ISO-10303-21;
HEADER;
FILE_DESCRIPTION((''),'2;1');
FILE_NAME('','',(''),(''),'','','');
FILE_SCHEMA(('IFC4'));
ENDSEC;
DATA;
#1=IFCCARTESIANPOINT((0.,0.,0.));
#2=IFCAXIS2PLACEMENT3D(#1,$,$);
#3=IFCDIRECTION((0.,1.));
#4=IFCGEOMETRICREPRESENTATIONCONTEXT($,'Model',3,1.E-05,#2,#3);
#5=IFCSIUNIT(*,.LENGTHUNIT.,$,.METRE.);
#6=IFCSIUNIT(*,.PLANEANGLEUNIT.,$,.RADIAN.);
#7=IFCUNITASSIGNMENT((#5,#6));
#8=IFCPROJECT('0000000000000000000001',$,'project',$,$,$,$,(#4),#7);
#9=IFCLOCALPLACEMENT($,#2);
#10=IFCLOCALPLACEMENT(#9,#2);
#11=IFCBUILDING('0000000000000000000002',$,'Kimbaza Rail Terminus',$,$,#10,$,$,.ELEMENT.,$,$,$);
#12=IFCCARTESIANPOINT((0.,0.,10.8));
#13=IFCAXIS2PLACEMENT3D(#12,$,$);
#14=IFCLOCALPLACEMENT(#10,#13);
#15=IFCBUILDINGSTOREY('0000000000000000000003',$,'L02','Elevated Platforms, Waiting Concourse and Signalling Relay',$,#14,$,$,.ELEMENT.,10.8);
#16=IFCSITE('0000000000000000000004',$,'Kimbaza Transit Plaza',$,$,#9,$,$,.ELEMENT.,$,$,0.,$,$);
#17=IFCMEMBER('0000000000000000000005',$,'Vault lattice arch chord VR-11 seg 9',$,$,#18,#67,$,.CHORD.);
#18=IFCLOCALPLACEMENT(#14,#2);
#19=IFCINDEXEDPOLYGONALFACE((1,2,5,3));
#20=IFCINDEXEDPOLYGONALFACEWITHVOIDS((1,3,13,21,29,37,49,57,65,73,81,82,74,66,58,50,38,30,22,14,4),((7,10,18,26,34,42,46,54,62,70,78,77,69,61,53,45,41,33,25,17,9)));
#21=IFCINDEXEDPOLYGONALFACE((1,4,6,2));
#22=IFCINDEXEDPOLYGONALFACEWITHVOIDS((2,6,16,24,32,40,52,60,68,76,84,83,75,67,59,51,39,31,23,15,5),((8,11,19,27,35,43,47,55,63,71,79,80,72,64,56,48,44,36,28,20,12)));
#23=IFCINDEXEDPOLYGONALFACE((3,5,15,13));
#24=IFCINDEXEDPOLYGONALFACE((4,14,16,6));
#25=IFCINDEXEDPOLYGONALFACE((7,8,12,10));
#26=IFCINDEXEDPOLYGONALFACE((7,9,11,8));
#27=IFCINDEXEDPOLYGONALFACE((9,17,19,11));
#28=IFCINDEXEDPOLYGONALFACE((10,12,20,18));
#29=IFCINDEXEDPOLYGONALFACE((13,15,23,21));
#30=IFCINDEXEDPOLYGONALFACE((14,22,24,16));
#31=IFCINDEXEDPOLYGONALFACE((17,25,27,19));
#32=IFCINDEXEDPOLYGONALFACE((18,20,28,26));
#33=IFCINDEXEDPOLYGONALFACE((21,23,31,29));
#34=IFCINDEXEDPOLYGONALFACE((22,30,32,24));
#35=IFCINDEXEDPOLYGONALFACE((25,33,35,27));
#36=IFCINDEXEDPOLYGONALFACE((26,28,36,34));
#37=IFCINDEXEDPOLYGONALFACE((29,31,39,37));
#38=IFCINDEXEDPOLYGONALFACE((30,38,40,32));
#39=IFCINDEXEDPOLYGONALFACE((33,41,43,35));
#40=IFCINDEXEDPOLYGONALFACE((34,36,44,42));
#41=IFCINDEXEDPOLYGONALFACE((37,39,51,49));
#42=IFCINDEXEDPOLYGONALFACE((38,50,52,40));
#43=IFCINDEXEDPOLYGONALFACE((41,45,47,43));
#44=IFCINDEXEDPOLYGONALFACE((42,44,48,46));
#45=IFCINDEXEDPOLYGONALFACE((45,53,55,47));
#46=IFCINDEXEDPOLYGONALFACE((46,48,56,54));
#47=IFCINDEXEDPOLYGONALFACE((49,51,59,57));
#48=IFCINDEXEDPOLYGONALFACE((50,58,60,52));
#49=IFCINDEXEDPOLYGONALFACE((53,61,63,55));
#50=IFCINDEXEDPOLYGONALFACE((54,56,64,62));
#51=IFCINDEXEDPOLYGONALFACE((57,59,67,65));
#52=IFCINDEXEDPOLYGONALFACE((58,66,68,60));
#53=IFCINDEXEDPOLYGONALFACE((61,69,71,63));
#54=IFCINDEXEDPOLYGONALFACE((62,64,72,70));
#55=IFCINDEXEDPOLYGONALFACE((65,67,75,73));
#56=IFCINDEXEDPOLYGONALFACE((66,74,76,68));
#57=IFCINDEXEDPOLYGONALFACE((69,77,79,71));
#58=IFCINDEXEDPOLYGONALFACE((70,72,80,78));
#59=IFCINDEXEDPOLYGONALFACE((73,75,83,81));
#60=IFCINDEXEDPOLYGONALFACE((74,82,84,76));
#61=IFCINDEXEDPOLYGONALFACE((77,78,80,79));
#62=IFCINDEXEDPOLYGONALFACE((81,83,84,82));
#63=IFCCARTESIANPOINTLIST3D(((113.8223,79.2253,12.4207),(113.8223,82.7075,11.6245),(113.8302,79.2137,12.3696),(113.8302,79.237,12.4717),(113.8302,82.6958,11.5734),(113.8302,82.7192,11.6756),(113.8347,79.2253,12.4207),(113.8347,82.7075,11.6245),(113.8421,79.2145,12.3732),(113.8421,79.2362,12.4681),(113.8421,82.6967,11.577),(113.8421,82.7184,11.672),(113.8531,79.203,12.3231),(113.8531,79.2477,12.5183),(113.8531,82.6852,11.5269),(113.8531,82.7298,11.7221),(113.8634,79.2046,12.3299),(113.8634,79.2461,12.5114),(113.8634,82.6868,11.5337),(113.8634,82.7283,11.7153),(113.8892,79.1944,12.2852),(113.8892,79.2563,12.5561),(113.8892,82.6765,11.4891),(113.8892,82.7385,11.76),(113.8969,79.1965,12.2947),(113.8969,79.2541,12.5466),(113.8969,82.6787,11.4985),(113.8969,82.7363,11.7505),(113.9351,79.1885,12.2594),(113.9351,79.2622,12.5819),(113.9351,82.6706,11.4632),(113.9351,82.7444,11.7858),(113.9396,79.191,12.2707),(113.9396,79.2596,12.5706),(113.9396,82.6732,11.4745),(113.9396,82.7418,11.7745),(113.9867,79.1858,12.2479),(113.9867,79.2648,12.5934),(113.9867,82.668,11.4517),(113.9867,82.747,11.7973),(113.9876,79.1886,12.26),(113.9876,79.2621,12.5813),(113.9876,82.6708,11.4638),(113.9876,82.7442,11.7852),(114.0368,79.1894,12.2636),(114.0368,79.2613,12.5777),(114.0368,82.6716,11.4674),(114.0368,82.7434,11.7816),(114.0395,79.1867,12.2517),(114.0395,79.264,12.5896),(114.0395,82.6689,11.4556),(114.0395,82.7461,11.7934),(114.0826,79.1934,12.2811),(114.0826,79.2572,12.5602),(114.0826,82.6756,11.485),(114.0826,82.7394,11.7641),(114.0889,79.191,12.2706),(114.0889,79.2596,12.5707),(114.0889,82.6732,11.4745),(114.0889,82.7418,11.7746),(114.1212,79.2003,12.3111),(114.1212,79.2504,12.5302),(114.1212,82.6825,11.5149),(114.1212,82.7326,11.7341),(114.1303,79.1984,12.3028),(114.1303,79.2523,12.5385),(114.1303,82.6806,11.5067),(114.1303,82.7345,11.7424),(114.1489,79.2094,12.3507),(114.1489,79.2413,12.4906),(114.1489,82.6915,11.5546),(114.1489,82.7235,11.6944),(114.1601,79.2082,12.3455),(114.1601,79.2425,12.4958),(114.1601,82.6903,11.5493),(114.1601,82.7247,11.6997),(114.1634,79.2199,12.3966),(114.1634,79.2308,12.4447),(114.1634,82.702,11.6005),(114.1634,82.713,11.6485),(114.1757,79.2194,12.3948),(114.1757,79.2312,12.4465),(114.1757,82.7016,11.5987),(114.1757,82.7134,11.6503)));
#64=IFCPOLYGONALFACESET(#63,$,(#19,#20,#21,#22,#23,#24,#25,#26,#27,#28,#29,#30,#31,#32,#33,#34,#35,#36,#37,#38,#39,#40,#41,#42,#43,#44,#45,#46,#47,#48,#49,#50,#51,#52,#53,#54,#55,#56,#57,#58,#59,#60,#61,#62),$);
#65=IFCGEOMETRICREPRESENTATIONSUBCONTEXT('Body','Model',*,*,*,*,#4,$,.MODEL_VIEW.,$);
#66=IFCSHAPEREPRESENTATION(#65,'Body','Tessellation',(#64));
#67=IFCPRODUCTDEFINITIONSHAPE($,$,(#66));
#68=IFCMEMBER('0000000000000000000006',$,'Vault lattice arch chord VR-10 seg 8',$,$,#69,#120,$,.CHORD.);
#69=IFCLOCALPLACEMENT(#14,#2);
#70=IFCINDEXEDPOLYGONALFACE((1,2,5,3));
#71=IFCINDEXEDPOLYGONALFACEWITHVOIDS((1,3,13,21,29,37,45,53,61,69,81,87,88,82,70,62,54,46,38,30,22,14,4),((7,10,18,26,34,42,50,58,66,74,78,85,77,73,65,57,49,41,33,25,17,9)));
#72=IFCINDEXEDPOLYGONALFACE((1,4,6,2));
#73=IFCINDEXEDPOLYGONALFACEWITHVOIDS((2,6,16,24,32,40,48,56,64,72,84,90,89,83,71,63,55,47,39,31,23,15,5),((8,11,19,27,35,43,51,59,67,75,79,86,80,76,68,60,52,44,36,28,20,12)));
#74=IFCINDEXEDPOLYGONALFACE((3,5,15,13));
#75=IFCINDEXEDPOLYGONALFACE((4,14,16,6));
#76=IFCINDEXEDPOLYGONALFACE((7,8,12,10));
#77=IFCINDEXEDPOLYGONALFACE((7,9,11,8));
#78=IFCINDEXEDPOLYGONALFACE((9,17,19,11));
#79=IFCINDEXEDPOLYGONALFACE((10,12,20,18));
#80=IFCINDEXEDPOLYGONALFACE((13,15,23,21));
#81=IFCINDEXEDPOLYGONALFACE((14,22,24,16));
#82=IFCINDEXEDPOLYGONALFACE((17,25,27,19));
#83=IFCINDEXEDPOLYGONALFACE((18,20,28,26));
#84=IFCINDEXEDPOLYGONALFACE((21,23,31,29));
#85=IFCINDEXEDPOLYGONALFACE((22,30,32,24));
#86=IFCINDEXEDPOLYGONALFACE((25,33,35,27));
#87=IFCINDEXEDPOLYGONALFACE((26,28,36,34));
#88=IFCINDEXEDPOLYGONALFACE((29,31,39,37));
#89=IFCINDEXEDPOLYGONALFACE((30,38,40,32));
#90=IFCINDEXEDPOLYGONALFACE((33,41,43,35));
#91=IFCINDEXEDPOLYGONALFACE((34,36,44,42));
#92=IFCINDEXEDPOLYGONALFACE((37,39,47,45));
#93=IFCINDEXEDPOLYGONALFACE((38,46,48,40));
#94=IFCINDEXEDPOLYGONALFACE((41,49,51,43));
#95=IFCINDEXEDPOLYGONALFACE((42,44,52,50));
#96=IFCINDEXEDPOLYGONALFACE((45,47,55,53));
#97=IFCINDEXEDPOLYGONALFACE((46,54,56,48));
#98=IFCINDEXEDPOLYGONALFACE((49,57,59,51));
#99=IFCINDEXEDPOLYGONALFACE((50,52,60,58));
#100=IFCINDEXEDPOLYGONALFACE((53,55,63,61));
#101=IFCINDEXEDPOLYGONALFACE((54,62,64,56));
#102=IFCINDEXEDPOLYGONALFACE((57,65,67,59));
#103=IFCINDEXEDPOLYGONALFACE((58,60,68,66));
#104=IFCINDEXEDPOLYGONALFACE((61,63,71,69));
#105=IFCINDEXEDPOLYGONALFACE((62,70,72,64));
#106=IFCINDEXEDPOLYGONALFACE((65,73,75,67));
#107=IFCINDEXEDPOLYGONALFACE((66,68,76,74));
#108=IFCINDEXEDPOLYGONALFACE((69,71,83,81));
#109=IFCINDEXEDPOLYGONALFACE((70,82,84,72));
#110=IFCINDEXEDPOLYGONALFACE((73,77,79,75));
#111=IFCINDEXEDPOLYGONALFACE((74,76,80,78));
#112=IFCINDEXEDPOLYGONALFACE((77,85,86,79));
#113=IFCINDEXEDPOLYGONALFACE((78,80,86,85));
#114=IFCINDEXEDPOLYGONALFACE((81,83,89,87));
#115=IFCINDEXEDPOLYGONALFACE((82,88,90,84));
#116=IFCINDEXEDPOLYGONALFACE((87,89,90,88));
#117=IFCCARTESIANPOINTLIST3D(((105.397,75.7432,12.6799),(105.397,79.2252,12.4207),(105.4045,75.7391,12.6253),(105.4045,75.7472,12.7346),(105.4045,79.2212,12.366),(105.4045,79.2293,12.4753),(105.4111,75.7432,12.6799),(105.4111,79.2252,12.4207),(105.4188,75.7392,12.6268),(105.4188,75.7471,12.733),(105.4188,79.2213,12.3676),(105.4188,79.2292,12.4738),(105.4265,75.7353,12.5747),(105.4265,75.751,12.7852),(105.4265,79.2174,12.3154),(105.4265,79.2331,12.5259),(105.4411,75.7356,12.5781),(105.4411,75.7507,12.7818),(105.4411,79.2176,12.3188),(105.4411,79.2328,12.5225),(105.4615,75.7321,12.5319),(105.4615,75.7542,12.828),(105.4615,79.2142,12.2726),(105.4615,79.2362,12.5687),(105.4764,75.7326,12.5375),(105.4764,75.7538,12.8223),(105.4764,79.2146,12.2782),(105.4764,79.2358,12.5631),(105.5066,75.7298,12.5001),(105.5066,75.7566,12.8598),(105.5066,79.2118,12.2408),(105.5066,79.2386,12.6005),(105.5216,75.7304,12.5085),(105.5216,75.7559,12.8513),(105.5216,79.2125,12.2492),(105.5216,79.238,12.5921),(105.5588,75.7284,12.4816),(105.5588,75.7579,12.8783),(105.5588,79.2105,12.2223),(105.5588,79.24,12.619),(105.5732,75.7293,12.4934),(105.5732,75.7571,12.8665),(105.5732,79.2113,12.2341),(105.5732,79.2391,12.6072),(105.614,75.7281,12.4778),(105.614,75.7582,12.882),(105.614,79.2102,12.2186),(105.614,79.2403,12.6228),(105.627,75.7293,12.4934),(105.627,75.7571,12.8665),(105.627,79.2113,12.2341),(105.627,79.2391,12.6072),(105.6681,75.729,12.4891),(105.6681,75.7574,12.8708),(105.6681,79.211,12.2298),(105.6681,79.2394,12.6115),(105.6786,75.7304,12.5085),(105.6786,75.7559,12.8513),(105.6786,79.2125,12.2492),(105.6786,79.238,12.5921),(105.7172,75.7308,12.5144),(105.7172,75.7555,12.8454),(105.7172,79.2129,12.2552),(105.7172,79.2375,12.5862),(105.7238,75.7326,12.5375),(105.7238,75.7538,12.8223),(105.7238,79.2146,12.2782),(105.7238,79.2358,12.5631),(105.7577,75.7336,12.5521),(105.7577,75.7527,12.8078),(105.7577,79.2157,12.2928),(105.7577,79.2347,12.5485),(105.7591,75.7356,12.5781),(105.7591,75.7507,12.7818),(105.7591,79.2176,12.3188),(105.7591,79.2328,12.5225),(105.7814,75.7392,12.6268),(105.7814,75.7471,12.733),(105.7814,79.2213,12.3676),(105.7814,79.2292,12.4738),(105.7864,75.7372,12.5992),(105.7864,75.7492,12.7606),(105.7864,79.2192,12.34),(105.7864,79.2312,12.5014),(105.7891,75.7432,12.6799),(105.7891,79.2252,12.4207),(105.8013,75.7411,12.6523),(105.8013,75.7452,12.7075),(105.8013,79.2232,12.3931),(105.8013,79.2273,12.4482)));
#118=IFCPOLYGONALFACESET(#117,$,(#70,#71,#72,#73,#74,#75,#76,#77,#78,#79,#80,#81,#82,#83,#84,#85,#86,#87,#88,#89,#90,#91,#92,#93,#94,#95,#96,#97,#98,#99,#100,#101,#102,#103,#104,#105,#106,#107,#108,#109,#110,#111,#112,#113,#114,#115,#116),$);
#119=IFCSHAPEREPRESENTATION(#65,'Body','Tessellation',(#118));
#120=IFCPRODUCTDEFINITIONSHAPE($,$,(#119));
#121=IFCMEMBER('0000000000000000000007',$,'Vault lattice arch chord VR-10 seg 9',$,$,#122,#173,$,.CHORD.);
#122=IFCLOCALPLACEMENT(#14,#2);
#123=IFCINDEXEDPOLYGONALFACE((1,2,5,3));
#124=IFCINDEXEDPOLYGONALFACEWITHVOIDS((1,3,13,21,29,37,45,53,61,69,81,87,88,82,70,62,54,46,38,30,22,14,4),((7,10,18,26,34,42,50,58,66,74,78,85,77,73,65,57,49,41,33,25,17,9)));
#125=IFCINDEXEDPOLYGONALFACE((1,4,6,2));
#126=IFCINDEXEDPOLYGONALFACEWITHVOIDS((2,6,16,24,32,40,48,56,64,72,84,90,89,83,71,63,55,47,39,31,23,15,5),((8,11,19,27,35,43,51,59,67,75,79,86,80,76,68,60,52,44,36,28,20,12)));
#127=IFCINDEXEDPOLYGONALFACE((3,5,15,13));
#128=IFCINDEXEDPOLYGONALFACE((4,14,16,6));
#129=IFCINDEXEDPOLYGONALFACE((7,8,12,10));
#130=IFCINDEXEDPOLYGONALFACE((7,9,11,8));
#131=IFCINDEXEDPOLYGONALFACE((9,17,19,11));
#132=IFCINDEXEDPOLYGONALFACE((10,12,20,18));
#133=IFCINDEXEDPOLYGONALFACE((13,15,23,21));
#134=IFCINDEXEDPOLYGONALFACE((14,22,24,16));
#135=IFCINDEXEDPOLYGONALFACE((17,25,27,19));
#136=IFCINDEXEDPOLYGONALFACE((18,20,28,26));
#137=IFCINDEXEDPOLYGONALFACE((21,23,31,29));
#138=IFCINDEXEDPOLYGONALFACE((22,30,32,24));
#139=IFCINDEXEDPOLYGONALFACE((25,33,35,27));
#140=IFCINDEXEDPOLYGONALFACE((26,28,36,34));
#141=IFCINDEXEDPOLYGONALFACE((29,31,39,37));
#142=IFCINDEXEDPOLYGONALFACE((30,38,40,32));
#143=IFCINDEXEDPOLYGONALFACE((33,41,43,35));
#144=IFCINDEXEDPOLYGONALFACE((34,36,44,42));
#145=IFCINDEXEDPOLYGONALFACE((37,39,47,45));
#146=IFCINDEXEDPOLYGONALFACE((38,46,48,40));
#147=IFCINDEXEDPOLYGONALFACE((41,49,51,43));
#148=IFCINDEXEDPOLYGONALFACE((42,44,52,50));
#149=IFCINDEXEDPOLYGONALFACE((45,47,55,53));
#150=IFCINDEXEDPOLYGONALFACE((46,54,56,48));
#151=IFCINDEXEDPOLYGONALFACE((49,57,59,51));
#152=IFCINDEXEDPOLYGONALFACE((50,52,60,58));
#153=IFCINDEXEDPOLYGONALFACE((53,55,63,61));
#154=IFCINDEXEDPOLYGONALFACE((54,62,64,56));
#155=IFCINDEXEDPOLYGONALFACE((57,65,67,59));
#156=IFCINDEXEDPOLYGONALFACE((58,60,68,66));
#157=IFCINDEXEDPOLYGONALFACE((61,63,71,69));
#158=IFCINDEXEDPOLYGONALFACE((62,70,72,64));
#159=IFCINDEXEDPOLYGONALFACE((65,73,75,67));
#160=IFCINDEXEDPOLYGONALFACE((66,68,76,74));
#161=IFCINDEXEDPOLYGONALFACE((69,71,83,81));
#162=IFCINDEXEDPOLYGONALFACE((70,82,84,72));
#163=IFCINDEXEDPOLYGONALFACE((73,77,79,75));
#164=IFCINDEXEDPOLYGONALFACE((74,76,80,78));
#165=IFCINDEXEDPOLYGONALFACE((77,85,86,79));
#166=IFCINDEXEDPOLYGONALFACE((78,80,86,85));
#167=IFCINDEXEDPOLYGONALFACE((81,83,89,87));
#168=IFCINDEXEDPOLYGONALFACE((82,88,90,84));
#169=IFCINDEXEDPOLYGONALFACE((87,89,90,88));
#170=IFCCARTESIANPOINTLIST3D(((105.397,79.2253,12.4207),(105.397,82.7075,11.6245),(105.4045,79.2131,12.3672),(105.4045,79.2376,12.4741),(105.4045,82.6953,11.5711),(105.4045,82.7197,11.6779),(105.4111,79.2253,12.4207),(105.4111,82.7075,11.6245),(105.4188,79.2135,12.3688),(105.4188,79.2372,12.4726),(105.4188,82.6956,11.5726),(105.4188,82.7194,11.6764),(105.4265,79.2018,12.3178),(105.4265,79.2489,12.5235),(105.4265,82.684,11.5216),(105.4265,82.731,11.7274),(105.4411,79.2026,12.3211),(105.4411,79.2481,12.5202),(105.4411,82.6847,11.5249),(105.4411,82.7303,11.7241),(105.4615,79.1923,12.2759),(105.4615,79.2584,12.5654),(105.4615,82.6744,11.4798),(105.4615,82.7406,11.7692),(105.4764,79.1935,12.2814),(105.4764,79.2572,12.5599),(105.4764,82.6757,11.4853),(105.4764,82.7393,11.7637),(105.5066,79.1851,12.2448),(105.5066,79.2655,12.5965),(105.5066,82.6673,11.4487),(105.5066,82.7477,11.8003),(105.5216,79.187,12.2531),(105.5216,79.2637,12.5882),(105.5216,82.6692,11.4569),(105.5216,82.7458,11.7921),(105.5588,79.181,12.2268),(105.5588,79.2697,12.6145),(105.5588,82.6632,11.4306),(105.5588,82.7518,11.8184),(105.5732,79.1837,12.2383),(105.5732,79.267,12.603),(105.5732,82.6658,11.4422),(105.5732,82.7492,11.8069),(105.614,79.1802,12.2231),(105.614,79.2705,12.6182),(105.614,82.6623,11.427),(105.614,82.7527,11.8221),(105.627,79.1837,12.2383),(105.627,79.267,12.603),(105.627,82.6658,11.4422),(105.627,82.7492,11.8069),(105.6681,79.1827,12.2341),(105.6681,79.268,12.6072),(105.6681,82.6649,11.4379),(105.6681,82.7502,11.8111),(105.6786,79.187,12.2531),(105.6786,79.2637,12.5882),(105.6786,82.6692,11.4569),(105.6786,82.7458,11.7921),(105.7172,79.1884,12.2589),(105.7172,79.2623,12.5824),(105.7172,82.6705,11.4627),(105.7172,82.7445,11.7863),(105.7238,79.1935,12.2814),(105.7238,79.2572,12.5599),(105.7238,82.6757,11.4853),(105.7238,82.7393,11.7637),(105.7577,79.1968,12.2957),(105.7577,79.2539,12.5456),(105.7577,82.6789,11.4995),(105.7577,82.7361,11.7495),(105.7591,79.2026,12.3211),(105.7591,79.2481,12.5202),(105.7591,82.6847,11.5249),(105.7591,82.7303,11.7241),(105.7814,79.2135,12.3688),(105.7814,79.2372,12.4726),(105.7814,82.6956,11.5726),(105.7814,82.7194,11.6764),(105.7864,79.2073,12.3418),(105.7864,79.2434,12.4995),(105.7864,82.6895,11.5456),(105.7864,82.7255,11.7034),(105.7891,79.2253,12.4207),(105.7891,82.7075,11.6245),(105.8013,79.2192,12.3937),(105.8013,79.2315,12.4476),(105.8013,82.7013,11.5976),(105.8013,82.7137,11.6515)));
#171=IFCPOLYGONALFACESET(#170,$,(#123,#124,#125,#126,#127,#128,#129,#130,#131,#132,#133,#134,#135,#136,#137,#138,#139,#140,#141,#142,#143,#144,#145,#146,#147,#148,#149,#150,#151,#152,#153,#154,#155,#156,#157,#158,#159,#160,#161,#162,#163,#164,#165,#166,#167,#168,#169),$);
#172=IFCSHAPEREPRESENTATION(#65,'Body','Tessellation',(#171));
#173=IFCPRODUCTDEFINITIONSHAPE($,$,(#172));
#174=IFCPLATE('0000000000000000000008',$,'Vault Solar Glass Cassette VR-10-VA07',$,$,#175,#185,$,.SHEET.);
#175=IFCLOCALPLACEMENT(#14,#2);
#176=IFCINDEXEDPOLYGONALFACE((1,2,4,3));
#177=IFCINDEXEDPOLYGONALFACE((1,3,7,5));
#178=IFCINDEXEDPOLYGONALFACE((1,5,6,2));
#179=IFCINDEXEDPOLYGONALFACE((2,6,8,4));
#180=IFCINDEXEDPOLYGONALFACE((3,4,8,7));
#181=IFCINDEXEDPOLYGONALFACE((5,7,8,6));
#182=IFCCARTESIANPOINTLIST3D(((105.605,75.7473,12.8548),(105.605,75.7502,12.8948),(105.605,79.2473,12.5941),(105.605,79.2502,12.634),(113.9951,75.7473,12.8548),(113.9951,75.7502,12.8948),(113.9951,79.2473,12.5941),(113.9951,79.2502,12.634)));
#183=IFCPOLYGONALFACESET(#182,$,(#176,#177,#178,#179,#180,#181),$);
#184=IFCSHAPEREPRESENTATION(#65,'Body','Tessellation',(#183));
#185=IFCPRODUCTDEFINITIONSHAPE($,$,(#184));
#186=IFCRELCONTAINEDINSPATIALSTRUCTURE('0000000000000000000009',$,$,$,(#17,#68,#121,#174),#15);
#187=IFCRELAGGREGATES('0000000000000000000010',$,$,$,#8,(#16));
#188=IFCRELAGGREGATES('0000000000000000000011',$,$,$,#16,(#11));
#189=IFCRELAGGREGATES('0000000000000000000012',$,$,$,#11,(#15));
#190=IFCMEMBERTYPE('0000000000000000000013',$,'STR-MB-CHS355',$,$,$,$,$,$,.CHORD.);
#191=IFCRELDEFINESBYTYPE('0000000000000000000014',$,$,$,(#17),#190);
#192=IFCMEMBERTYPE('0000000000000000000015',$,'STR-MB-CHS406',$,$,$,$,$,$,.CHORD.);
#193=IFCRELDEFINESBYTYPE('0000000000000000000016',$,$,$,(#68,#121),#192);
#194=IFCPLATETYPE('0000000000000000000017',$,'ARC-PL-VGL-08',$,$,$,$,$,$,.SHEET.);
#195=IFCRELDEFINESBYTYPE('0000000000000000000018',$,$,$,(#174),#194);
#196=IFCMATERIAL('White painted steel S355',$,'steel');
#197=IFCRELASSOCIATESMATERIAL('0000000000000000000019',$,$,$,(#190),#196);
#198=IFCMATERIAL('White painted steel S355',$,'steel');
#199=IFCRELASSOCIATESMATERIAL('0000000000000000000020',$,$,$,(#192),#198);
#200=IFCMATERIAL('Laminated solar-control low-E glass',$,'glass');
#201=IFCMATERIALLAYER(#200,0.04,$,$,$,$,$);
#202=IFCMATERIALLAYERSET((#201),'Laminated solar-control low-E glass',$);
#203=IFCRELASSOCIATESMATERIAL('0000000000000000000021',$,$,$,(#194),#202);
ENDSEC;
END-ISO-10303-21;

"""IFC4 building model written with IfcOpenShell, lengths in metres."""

from ifc_helpers import new_model, si_unit, direction, frame, origin, origin_2d, place, context, subcontext, project, spatial, polyline, hollow_circle, outline, extrude, material, layer, layer_set, material_profile, profile_set, type_object, element, save


model = new_model("IFC4")

# Units and contexts
model_context = context("Model", 3, precision=1e-05, world=origin(), true_north=direction((0.0, 1.0)))
body_context = subcontext(model_context, "Body", "Model", "MODEL_VIEW")
ifc_project = project(units=[si_unit("LENGTHUNIT", "METRE"), si_unit("PLANEANGLEUNIT", "RADIAN")], contexts=[model_context])

# Site, building, storey
site_placement = place(None, origin())
site = spatial("IfcSite", under=ifc_project, at=site_placement, Name="Kimbaza Transit Plaza", CompositionType="ELEMENT", RefElevation=0.0)
building_placement = place(site_placement, origin())
building = spatial("IfcBuilding", under=site, at=building_placement, Name="Kimbaza Rail Terminus", CompositionType="ELEMENT")
storey_placement = place(building_placement, frame((0.0, 0.0, 10.8)))
storey = spatial("IfcBuildingStorey", under=building, at=storey_placement, Name="L02", Description="Elevated Platforms, Waiting Concourse and Signalling Relay", CompositionType="ELEMENT", Elevation=10.8)

# Members
ifc_material_1 = material(Name="White painted steel S355", Category="steel")
ifc_material_profile_1 = material_profile(ifc_material_1, hollow_circle(Radius=0.1777, WallThickness=0.0125, at=origin_2d()), Name="CHS 355.6x12.5")
ifc_profile_set_1 = profile_set([ifc_material_profile_1], Name="White painted steel S355")
member_type_1 = type_object("IfcMemberType", Name="STR-MB-CHS355", PredefinedType="CHORD", material=ifc_profile_set_1)
member_1_placement = place(storey_placement, frame((114.0, 79.2253, 12.4207), z_axis=(0.0, 0.974845, -0.222882), x_axis=(-1.0, 0.0, 0.0)))
element("IfcMember", 1, at=member_1_placement, inside=storey, type_object=member_type_1, Name="Vault lattice arch chord VR-11 seg 9", PredefinedType="CHORD", context=body_context, shape_type="SweptSolid", body=[
    extrude(hollow_circle(Radius=0.1777, WallThickness=0.0125, at=origin_2d()), origin(), (0.0, 0.0, 1.0), 3.572),
])
ifc_material_2 = material(Name="White painted steel S355", Category="steel")
ifc_material_profile_2 = material_profile(ifc_material_2, hollow_circle(Radius=0.2031, WallThickness=0.0142, at=origin_2d()), Name="CHS 406.4x14.2")
ifc_profile_set_2 = profile_set([ifc_material_profile_2], Name="White painted steel S355")
member_type_2 = type_object("IfcMemberType", Name="STR-MB-CHS406", PredefinedType="CHORD", material=ifc_profile_set_2)
member_2_placement = place(storey_placement, frame((105.6001, 75.7432, 12.6799), z_axis=(0.0, 0.997239, -0.074253), x_axis=(-1.0, 0.0, 0.0)))
element("IfcMember", 2, at=member_2_placement, inside=storey, type_object=member_type_2, Name="Vault lattice arch chord VR-10 seg 8", PredefinedType="CHORD", context=body_context, shape_type="SweptSolid", body=[
    extrude(hollow_circle(Radius=0.2031, WallThickness=0.0142, at=origin_2d()), origin(), (0.0, 0.0, 1.0), 3.4917),
])
member_3_placement = place(storey_placement, frame((105.6001, 79.2253, 12.4207), z_axis=(0.0, 0.974845, -0.222882), x_axis=(-1.0, 0.0, 0.0)))
element("IfcMember", 3, at=member_3_placement, inside=storey, type_object=member_type_2, Name="Vault lattice arch chord VR-10 seg 9", PredefinedType="CHORD", context=body_context, shape_type="SweptSolid", body=[
    extrude(hollow_circle(Radius=0.2031, WallThickness=0.0142, at=origin_2d()), origin(), (0.0, 0.0, 1.0), 3.572),
])

# Plate
ifc_material_3 = material(Name="Laminated solar-control low-E glass", Category="glass")
ifc_layer_1 = layer(ifc_material_3, 0.04)
ifc_layer_set_1 = layer_set([ifc_layer_1], Name="Laminated solar-control low-E glass")
plate_type_1 = type_object("IfcPlateType", Name="ARC-PL-VGL-08", PredefinedType="SHEET", material=ifc_layer_set_1)
plate_1_placement = place(storey_placement, frame((105.605, 75.7502, 12.8948), z_axis=(0.0, 0.074292, 0.997237), x_axis=(1.0, 0.0, 0.0)))
element("IfcPlate", 4, at=plate_1_placement, inside=storey, type_object=plate_type_1, Name="Vault Solar Glass Cassette VR-10-VA07", PredefinedType="SHEET", context=body_context, shape_type="SweptSolid", body=[
    extrude(outline(polyline([(0.0, 0.0), (8.3901, 0.0), (8.3901, 3.5097), (0.0, 3.5097), (0.0, 0.0)])), origin(), (0.0, 0.0, -1.0), 0.04),
])

save(model, "model.ifc")
